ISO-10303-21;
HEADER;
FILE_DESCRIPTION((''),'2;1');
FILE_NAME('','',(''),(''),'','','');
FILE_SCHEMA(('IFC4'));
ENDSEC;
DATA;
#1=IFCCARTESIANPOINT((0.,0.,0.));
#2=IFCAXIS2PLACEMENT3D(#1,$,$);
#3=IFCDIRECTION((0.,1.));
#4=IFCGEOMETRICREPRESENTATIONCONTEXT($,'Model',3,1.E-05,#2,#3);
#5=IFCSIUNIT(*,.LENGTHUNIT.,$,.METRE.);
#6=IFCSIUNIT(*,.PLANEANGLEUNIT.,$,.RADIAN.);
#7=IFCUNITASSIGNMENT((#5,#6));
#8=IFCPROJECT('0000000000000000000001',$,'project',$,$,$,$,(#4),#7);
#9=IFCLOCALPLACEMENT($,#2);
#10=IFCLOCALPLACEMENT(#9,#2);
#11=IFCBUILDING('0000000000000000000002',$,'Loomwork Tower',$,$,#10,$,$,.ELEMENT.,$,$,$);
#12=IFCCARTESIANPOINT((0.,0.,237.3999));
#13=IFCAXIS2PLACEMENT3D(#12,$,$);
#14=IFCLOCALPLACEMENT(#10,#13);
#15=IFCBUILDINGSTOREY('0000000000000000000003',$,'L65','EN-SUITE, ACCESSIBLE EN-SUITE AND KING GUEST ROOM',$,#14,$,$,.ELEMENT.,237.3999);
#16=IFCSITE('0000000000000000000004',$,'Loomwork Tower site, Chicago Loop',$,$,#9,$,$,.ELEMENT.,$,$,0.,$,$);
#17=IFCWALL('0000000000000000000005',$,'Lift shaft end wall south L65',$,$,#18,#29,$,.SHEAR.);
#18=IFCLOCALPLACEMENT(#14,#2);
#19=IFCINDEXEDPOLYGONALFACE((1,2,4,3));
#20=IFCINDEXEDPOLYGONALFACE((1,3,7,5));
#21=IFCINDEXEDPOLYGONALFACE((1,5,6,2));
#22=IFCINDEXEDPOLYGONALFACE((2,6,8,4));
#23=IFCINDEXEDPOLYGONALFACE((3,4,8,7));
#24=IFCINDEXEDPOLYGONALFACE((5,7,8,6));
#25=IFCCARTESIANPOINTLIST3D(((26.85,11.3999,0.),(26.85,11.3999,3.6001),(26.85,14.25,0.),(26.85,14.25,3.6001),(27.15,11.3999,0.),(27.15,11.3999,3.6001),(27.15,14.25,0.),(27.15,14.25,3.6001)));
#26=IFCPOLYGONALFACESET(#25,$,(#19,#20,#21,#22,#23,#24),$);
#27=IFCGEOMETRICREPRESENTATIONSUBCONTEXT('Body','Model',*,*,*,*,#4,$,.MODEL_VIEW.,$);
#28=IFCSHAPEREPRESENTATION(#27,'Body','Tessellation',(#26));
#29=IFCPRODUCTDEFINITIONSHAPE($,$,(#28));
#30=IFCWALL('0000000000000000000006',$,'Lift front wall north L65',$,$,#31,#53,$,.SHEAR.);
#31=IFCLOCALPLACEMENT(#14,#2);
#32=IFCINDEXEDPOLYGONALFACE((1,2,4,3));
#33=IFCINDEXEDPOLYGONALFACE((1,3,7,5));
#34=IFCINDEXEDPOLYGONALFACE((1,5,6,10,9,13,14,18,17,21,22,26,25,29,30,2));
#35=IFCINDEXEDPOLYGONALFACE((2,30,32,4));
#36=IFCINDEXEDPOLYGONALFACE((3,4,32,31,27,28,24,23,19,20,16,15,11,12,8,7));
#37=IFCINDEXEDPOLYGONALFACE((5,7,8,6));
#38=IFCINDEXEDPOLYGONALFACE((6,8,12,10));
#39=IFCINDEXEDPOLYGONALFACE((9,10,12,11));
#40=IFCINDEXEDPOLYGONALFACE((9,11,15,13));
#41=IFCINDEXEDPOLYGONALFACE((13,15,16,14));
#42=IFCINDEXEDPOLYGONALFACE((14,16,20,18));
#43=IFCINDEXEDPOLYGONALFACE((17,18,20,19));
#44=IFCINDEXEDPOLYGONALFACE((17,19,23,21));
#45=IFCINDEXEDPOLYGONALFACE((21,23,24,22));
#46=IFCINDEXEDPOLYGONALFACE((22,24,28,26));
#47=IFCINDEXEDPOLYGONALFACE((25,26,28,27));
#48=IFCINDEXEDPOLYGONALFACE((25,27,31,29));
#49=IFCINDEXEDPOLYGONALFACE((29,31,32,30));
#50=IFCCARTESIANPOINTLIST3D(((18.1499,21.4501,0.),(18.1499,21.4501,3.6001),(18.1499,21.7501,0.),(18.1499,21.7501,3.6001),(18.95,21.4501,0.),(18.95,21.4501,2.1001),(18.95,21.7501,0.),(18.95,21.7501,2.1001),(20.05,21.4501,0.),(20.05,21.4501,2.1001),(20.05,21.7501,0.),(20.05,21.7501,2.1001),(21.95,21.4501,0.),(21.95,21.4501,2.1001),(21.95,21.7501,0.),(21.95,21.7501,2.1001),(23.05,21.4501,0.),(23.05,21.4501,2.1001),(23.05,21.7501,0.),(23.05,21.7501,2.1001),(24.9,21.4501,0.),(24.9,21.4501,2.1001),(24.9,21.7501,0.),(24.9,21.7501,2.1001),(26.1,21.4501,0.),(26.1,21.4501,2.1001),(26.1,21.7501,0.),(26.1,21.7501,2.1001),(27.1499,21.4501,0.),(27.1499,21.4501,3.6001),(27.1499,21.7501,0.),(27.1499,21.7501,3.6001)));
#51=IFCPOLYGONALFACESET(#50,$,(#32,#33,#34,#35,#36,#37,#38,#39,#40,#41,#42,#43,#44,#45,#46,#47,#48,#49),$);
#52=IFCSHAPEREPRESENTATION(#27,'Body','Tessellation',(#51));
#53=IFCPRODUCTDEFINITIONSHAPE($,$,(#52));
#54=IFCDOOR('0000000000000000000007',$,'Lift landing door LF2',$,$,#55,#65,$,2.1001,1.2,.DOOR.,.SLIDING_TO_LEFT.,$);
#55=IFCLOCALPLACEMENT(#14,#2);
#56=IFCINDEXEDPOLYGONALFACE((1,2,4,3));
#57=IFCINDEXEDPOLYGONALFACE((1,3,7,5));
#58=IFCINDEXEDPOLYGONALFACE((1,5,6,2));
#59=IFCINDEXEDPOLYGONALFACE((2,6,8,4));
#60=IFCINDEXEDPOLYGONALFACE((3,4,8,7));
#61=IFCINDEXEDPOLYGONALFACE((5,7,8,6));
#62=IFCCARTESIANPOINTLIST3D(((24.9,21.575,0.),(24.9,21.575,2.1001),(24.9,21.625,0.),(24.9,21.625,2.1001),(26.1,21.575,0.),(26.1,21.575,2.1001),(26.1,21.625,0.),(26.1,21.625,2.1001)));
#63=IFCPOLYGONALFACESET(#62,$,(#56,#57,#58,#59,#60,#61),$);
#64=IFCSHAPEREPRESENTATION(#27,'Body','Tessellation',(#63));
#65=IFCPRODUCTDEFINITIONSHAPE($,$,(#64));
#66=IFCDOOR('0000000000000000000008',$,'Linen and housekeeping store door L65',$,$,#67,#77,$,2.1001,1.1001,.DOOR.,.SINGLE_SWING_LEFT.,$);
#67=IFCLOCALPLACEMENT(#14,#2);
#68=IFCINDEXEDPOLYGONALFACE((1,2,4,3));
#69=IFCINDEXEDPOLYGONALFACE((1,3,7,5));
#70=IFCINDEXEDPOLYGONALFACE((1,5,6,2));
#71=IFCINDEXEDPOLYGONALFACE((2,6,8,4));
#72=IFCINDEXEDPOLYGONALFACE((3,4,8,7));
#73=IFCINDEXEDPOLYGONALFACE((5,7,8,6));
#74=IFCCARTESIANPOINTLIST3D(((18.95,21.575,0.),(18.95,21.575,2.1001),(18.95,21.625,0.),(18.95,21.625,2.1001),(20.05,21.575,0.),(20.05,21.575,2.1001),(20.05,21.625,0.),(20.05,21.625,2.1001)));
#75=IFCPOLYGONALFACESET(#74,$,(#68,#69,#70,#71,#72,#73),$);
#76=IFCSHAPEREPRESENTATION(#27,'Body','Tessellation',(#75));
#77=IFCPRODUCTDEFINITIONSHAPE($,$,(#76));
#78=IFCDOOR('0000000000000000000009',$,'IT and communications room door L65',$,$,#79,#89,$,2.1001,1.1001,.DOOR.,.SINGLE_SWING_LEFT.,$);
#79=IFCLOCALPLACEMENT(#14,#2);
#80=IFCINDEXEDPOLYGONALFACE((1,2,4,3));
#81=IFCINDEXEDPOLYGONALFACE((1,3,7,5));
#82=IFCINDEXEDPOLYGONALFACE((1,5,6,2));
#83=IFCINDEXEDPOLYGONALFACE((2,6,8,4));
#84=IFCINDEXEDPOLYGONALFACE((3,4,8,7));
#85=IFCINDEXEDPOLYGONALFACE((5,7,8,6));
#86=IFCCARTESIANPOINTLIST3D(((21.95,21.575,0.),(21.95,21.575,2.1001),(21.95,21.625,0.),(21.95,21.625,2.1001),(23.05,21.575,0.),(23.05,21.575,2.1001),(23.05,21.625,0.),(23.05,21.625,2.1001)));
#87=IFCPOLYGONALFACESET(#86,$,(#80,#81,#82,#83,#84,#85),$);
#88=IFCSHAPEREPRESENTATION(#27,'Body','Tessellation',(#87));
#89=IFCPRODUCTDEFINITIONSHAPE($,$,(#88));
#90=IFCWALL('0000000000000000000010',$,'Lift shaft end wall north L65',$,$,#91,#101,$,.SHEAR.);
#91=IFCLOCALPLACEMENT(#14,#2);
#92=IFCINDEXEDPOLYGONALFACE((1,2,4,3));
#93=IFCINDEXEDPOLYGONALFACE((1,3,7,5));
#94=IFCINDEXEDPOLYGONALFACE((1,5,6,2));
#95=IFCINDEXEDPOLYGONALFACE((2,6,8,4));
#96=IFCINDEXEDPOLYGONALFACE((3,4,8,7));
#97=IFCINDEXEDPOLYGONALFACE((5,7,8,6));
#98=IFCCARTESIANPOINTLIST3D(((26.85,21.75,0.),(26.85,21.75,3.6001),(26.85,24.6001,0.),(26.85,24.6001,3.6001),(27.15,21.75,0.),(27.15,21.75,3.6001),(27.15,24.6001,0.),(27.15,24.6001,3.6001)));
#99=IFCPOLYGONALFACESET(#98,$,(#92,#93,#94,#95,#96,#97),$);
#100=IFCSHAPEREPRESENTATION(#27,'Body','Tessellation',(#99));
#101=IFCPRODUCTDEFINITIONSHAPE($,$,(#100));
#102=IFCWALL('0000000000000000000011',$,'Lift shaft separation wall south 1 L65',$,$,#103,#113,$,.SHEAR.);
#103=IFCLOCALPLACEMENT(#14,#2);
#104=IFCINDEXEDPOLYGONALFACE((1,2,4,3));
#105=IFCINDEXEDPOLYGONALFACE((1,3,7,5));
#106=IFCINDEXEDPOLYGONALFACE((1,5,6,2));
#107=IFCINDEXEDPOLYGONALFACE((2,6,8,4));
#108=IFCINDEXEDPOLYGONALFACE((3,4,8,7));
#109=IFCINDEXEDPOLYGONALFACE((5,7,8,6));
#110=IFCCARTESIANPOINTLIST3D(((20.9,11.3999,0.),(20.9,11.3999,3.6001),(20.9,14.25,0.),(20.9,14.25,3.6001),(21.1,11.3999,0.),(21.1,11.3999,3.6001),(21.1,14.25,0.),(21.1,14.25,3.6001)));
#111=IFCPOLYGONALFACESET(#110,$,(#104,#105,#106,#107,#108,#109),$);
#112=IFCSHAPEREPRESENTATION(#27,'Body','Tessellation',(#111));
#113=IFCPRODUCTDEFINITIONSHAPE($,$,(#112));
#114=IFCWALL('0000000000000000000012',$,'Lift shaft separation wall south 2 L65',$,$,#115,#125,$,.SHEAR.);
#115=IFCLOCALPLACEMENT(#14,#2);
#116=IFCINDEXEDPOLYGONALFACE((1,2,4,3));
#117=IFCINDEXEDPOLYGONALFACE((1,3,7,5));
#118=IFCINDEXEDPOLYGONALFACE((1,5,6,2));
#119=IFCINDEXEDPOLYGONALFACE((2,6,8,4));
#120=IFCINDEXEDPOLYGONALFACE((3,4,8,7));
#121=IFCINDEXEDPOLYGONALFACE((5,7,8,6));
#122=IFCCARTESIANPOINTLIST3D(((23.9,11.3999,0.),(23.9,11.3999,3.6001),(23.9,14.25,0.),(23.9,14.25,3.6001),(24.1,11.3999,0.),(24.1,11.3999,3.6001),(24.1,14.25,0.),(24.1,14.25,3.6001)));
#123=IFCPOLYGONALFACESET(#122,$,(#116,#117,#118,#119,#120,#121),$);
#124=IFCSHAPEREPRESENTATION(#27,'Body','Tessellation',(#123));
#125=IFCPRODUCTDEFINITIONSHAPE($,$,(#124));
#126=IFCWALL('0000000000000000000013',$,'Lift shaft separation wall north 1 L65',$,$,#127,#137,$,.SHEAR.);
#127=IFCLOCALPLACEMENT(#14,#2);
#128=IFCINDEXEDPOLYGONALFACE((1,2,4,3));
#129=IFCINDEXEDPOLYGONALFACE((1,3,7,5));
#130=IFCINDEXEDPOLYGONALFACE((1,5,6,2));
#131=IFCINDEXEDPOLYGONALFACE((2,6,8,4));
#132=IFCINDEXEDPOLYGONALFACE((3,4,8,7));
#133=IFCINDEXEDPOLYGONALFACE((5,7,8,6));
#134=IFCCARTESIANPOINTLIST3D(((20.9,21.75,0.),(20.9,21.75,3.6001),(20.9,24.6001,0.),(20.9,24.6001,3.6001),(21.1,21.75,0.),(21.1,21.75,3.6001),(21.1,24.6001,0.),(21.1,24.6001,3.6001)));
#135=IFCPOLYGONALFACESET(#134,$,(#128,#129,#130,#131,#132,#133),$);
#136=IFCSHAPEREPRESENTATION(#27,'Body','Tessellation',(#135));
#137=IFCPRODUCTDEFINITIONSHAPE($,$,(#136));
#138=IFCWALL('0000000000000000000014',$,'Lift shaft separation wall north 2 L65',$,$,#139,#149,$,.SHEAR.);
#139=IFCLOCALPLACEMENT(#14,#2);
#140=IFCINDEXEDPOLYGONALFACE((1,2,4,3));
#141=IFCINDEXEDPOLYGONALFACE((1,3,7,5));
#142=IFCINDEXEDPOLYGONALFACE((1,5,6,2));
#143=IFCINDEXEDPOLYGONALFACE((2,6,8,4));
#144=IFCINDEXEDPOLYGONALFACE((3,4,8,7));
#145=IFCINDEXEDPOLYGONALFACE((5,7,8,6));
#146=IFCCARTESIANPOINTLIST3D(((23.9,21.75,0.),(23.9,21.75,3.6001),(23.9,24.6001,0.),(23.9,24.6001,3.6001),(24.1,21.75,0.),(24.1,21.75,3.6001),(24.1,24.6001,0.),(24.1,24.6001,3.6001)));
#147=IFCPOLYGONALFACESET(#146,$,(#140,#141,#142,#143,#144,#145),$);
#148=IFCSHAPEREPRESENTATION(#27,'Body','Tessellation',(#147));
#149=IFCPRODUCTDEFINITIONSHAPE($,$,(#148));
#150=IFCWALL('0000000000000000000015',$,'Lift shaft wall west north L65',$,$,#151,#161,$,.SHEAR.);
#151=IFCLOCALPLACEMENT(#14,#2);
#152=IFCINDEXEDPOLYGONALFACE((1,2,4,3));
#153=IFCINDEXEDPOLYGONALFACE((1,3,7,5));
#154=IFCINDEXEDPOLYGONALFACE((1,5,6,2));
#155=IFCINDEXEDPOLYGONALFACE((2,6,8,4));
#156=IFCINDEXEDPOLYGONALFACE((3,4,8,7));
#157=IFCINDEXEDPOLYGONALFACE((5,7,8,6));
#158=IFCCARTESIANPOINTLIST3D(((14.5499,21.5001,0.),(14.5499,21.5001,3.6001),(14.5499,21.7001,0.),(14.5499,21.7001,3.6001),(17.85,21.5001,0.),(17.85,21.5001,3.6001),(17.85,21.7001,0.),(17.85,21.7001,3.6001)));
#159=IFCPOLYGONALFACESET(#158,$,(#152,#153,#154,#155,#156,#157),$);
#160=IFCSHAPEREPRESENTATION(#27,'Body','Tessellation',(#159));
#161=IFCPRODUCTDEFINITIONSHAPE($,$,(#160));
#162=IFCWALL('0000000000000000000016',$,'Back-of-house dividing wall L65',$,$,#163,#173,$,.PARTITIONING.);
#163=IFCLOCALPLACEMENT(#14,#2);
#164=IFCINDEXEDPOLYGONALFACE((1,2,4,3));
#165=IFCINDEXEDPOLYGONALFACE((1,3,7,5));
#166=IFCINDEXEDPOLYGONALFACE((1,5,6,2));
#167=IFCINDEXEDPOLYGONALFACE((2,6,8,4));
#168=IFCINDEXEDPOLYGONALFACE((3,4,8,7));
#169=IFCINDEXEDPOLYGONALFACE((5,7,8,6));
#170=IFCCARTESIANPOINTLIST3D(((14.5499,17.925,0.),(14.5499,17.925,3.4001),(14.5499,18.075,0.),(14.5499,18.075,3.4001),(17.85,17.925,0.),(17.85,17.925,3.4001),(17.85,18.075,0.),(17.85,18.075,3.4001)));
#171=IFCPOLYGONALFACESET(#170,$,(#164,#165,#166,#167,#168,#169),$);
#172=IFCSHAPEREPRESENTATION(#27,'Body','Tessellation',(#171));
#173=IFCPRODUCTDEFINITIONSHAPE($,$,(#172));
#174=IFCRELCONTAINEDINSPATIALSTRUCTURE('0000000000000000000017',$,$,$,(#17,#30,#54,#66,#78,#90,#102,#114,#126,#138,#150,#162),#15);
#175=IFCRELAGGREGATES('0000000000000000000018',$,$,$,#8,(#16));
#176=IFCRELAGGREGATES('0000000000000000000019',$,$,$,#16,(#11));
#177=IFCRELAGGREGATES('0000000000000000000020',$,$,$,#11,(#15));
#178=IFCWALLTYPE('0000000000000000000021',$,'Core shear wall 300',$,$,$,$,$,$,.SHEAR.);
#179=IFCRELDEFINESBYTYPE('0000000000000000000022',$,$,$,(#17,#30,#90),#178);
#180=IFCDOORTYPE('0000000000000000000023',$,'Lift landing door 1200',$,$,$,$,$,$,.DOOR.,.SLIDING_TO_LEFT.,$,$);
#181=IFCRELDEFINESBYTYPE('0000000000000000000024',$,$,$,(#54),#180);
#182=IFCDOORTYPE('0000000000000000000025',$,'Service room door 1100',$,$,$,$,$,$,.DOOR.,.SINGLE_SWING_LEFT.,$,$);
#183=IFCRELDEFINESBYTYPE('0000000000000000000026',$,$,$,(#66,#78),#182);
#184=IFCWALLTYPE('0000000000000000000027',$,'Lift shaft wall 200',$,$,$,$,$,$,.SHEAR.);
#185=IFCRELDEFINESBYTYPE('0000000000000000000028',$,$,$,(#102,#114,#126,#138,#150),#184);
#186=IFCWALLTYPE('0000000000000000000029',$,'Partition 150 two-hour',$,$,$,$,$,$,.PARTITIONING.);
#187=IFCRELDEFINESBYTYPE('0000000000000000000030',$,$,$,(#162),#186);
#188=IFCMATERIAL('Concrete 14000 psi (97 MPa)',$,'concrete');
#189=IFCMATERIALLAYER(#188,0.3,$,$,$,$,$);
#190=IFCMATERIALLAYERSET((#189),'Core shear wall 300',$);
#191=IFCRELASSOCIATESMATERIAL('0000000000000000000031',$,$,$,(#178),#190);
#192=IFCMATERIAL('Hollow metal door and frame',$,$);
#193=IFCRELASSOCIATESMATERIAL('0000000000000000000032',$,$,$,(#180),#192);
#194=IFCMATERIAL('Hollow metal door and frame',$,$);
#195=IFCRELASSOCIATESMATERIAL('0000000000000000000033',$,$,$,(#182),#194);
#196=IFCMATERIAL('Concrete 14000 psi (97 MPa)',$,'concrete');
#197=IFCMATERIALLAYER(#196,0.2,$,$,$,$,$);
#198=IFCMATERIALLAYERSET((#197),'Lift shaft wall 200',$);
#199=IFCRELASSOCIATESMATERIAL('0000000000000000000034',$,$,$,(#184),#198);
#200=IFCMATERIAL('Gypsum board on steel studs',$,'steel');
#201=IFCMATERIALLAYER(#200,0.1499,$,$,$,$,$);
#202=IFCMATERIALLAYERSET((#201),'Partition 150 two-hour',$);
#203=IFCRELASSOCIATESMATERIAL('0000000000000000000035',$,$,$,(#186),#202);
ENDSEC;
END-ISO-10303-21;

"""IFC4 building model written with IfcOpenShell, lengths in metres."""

from ifc_helpers import new_model, si_unit, direction, frame, frame_2d, origin, place, context, subcontext, project, spatial, rectangle, extrude, material, layer, layer_set, type_object, element, fill, save


model = new_model("IFC4")

# Units and contexts
model_context = context("Model", 3, precision=1e-05, world=origin(), true_north=direction((0.0, 1.0)))
body_context = subcontext(model_context, "Body", "Model", "MODEL_VIEW")
ifc_project = project(units=[si_unit("LENGTHUNIT", "METRE"), si_unit("PLANEANGLEUNIT", "RADIAN")], contexts=[model_context])

# Site, building, storey
site_placement = place(None, origin())
site = spatial("IfcSite", under=ifc_project, at=site_placement, Name="Loomwork Tower site, Chicago Loop", CompositionType="ELEMENT", RefElevation=0.0)
building_placement = place(site_placement, origin())
building = spatial("IfcBuilding", under=site, at=building_placement, Name="Loomwork Tower", CompositionType="ELEMENT")
storey_placement = place(building_placement, frame((0.0, 0.0, 237.3999)))
storey = spatial("IfcBuildingStorey", under=building, at=storey_placement, Name="L65", Description="EN-SUITE, ACCESSIBLE EN-SUITE AND KING GUEST ROOM", CompositionType="ELEMENT", Elevation=237.3999)

# Shared definitions
ifc_material_1 = material(Name="Concrete 14000 psi (97 MPa)", Category="concrete")
ifc_layer_1 = layer(ifc_material_1, 0.3)
ifc_layer_set_1 = layer_set([ifc_layer_1], Name="Core shear wall 300")
wall_type_1 = type_object("IfcWallType", Name="Core shear wall 300", PredefinedType="SHEAR", material=ifc_layer_set_1)

# Shared definitions
ifc_material_2 = material(Name="Hollow metal door and frame")
door_type_1 = type_object("IfcDoorType", Name="Lift landing door 1200", OperationType="SLIDING_TO_LEFT", PredefinedType="DOOR", material=ifc_material_2)
ifc_material_3 = material(Name="Hollow metal door and frame")
door_type_2 = type_object("IfcDoorType", Name="Service room door 1100", OperationType="SINGLE_SWING_LEFT", PredefinedType="DOOR", material=ifc_material_3)

# Wall
wall_1_placement = place(storey_placement, frame((27.0, 11.3999, 0.0), z_axis=(0.0, 0.0, 1.0), x_axis=(0.0, 1.0, 0.0)))
element("IfcWall", 1, at=wall_1_placement, inside=storey, type_object=wall_type_1, Name="Lift shaft end wall south L65", PredefinedType="SHEAR", context=body_context, shape_type="SweptSolid", body=[
    extrude(rectangle(XDim=2.8501, YDim=0.3, at=frame_2d((1.425, 0.0))), origin(), (0.0, 0.0, 1.0), 3.6001),
])

# Wall, openings, doors
wall_2_placement = place(storey_placement, frame((18.1499, 21.6001, 0.0), z_axis=(0.0, 0.0, 1.0), x_axis=(1.0, 0.0, 0.0)))
wall_2 = element("IfcWall", 2, at=wall_2_placement, inside=storey, type_object=wall_type_1, Name="Lift front wall north L65", PredefinedType="SHEAR", context=body_context, shape_type="SweptSolid", body=[
    extrude(rectangle(XDim=9.0, YDim=0.3, at=frame_2d((4.5, 0.0))), origin(), (0.0, 0.0, 1.0), 3.6001),
])
opening_1_placement = place(wall_2_placement, frame((6.75, 0.0, 0.0)))
opening_1 = element("IfcOpeningElement", 3, at=opening_1_placement, cuts=wall_2, PredefinedType="OPENING", context=body_context, shape_type="SweptSolid", body=[
    extrude(rectangle(XDim=1.2, YDim=2.1001, at=frame_2d((0.6001, 1.05))), frame((0.0, 0.1599, 0.0), z_axis=(0.0, -1.0, 0.0), x_axis=(1.0, 0.0, 0.0)), (0.0, 0.0, 1.0), 0.3201),
])
opening_2_placement = place(wall_2_placement, frame((0.8, 0.0, 0.0)))
opening_2 = element("IfcOpeningElement", 4, at=opening_2_placement, cuts=wall_2, PredefinedType="OPENING", context=body_context, shape_type="SweptSolid", body=[
    extrude(rectangle(XDim=1.1001, YDim=2.1001, at=frame_2d((0.55, 1.05))), frame((0.0, 0.1599, 0.0), z_axis=(0.0, -1.0, 0.0), x_axis=(1.0, 0.0, 0.0)), (0.0, 0.0, 1.0), 0.3201),
])
opening_3_placement = place(wall_2_placement, frame((3.8, 0.0, 0.0)))
opening_3 = element("IfcOpeningElement", 5, at=opening_3_placement, cuts=wall_2, PredefinedType="OPENING", context=body_context, shape_type="SweptSolid", body=[
    extrude(rectangle(XDim=1.1001, YDim=2.1001, at=frame_2d((0.55, 1.05))), frame((0.0, 0.1599, 0.0), z_axis=(0.0, -1.0, 0.0), x_axis=(1.0, 0.0, 0.0)), (0.0, 0.0, 1.0), 0.3201),
])
door_1_placement = place(opening_1_placement, origin())
door_1 = element("IfcDoor", 6, at=door_1_placement, inside=storey, type_object=door_type_1, Name="Lift landing door LF2", OperationType="SLIDING_TO_LEFT", OverallHeight=2.1001, OverallWidth=1.2, PredefinedType="DOOR", context=body_context, shape_type="SweptSolid", body=[
    extrude(rectangle(XDim=1.2, YDim=2.1001, at=frame_2d((0.6001, 1.05))), frame((0.0, 0.0249, 0.0), z_axis=(0.0, -1.0, 0.0), x_axis=(1.0, 0.0, 0.0)), (0.0, 0.0, 1.0), 0.05),
])
fill(opening_1, door_1)
door_2_placement = place(opening_2_placement, origin())
door_2 = element("IfcDoor", 7, at=door_2_placement, inside=storey, type_object=door_type_2, Name="Linen and housekeeping store door L65", OperationType="SINGLE_SWING_LEFT", OverallHeight=2.1001, OverallWidth=1.1001, PredefinedType="DOOR", context=body_context, shape_type="SweptSolid", body=[
    extrude(rectangle(XDim=1.1001, YDim=2.1001, at=frame_2d((0.55, 1.05))), frame((0.0, 0.0249, 0.0), z_axis=(0.0, -1.0, 0.0), x_axis=(1.0, 0.0, 0.0)), (0.0, 0.0, 1.0), 0.05),
])
fill(opening_2, door_2)
door_3_placement = place(opening_3_placement, origin())
door_3 = element("IfcDoor", 8, at=door_3_placement, inside=storey, type_object=door_type_2, Name="IT and communications room door L65", OperationType="SINGLE_SWING_LEFT", OverallHeight=2.1001, OverallWidth=1.1001, PredefinedType="DOOR", context=body_context, shape_type="SweptSolid", body=[
    extrude(rectangle(XDim=1.1001, YDim=2.1001, at=frame_2d((0.55, 1.05))), frame((0.0, 0.0249, 0.0), z_axis=(0.0, -1.0, 0.0), x_axis=(1.0, 0.0, 0.0)), (0.0, 0.0, 1.0), 0.05),
])
fill(opening_3, door_3)

# Walls
wall_3_placement = place(storey_placement, frame((27.0, 21.75, 0.0), z_axis=(0.0, 0.0, 1.0), x_axis=(0.0, 1.0, 0.0)))
element("IfcWall", 9, at=wall_3_placement, inside=storey, type_object=wall_type_1, Name="Lift shaft end wall north L65", PredefinedType="SHEAR", context=body_context, shape_type="SweptSolid", body=[
    extrude(rectangle(XDim=2.8501, YDim=0.3, at=frame_2d((1.425, 0.0))), origin(), (0.0, 0.0, 1.0), 3.6001),
])
ifc_material_4 = material(Name="Concrete 14000 psi (97 MPa)", Category="concrete")
ifc_layer_2 = layer(ifc_material_4, 0.2)
ifc_layer_set_2 = layer_set([ifc_layer_2], Name="Lift shaft wall 200")
wall_type_2 = type_object("IfcWallType", Name="Lift shaft wall 200", PredefinedType="SHEAR", material=ifc_layer_set_2)
for number, where, z_axis, x_axis, name in (
    (10, (21.0, 11.3999, 0.0), (0.0, 0.0, 1.0), (0.0, 1.0, 0.0), "Lift shaft separation wall south 1 L65"),
    (11, (24.0, 11.3999, 0.0), (0.0, 0.0, 1.0), (0.0, 1.0, 0.0), "Lift shaft separation wall south 2 L65"),
    (12, (21.0, 21.75, 0.0), (0.0, 0.0, 1.0), (0.0, 1.0, 0.0), "Lift shaft separation wall north 1 L65"),
    (13, (24.0, 21.75, 0.0), (0.0, 0.0, 1.0), (0.0, 1.0, 0.0), "Lift shaft separation wall north 2 L65"),
):
    element("IfcWall", number, at=place(storey_placement, frame(where, z_axis=z_axis, x_axis=x_axis)), inside=storey, type_object=wall_type_2, Name=name, PredefinedType="SHEAR", context=body_context, shape_type="SweptSolid", body=[
        extrude(rectangle(XDim=2.8501, YDim=0.2, at=frame_2d((1.425, 0.0))), origin(), (0.0, 0.0, 1.0), 3.6001),
    ])
wall_4_placement = place(storey_placement, frame((14.55, 21.6001, 0.0), z_axis=(0.0, 0.0, 1.0), x_axis=(1.0, 0.0, 0.0)))
element("IfcWall", 14, at=wall_4_placement, inside=storey, type_object=wall_type_2, Name="Lift shaft wall west north L65", PredefinedType="SHEAR", context=body_context, shape_type="SweptSolid", body=[
    extrude(rectangle(XDim=3.3, YDim=0.2, at=frame_2d((1.6499, 0.0))), origin(), (0.0, 0.0, 1.0), 3.6001),
])
ifc_material_5 = material(Name="Gypsum board on steel studs", Category="steel")
ifc_layer_3 = layer(ifc_material_5, 0.1499)
ifc_layer_set_3 = layer_set([ifc_layer_3], Name="Partition 150 two-hour")
wall_type_3 = type_object("IfcWallType", Name="Partition 150 two-hour", PredefinedType="PARTITIONING", material=ifc_layer_set_3)
wall_5_placement = place(storey_placement, frame((14.55, 18.0, 0.0), z_axis=(0.0, 0.0, 1.0), x_axis=(1.0, 0.0, 0.0)))
element("IfcWall", 15, at=wall_5_placement, inside=storey, type_object=wall_type_3, Name="Back-of-house dividing wall L65", PredefinedType="PARTITIONING", context=body_context, shape_type="SweptSolid", body=[
    extrude(rectangle(XDim=3.3, YDim=0.1499, at=frame_2d((1.6499, 0.0))), origin(), (0.0, 0.0, 1.0), 3.4001),
])

save(model, "model.ifc")
